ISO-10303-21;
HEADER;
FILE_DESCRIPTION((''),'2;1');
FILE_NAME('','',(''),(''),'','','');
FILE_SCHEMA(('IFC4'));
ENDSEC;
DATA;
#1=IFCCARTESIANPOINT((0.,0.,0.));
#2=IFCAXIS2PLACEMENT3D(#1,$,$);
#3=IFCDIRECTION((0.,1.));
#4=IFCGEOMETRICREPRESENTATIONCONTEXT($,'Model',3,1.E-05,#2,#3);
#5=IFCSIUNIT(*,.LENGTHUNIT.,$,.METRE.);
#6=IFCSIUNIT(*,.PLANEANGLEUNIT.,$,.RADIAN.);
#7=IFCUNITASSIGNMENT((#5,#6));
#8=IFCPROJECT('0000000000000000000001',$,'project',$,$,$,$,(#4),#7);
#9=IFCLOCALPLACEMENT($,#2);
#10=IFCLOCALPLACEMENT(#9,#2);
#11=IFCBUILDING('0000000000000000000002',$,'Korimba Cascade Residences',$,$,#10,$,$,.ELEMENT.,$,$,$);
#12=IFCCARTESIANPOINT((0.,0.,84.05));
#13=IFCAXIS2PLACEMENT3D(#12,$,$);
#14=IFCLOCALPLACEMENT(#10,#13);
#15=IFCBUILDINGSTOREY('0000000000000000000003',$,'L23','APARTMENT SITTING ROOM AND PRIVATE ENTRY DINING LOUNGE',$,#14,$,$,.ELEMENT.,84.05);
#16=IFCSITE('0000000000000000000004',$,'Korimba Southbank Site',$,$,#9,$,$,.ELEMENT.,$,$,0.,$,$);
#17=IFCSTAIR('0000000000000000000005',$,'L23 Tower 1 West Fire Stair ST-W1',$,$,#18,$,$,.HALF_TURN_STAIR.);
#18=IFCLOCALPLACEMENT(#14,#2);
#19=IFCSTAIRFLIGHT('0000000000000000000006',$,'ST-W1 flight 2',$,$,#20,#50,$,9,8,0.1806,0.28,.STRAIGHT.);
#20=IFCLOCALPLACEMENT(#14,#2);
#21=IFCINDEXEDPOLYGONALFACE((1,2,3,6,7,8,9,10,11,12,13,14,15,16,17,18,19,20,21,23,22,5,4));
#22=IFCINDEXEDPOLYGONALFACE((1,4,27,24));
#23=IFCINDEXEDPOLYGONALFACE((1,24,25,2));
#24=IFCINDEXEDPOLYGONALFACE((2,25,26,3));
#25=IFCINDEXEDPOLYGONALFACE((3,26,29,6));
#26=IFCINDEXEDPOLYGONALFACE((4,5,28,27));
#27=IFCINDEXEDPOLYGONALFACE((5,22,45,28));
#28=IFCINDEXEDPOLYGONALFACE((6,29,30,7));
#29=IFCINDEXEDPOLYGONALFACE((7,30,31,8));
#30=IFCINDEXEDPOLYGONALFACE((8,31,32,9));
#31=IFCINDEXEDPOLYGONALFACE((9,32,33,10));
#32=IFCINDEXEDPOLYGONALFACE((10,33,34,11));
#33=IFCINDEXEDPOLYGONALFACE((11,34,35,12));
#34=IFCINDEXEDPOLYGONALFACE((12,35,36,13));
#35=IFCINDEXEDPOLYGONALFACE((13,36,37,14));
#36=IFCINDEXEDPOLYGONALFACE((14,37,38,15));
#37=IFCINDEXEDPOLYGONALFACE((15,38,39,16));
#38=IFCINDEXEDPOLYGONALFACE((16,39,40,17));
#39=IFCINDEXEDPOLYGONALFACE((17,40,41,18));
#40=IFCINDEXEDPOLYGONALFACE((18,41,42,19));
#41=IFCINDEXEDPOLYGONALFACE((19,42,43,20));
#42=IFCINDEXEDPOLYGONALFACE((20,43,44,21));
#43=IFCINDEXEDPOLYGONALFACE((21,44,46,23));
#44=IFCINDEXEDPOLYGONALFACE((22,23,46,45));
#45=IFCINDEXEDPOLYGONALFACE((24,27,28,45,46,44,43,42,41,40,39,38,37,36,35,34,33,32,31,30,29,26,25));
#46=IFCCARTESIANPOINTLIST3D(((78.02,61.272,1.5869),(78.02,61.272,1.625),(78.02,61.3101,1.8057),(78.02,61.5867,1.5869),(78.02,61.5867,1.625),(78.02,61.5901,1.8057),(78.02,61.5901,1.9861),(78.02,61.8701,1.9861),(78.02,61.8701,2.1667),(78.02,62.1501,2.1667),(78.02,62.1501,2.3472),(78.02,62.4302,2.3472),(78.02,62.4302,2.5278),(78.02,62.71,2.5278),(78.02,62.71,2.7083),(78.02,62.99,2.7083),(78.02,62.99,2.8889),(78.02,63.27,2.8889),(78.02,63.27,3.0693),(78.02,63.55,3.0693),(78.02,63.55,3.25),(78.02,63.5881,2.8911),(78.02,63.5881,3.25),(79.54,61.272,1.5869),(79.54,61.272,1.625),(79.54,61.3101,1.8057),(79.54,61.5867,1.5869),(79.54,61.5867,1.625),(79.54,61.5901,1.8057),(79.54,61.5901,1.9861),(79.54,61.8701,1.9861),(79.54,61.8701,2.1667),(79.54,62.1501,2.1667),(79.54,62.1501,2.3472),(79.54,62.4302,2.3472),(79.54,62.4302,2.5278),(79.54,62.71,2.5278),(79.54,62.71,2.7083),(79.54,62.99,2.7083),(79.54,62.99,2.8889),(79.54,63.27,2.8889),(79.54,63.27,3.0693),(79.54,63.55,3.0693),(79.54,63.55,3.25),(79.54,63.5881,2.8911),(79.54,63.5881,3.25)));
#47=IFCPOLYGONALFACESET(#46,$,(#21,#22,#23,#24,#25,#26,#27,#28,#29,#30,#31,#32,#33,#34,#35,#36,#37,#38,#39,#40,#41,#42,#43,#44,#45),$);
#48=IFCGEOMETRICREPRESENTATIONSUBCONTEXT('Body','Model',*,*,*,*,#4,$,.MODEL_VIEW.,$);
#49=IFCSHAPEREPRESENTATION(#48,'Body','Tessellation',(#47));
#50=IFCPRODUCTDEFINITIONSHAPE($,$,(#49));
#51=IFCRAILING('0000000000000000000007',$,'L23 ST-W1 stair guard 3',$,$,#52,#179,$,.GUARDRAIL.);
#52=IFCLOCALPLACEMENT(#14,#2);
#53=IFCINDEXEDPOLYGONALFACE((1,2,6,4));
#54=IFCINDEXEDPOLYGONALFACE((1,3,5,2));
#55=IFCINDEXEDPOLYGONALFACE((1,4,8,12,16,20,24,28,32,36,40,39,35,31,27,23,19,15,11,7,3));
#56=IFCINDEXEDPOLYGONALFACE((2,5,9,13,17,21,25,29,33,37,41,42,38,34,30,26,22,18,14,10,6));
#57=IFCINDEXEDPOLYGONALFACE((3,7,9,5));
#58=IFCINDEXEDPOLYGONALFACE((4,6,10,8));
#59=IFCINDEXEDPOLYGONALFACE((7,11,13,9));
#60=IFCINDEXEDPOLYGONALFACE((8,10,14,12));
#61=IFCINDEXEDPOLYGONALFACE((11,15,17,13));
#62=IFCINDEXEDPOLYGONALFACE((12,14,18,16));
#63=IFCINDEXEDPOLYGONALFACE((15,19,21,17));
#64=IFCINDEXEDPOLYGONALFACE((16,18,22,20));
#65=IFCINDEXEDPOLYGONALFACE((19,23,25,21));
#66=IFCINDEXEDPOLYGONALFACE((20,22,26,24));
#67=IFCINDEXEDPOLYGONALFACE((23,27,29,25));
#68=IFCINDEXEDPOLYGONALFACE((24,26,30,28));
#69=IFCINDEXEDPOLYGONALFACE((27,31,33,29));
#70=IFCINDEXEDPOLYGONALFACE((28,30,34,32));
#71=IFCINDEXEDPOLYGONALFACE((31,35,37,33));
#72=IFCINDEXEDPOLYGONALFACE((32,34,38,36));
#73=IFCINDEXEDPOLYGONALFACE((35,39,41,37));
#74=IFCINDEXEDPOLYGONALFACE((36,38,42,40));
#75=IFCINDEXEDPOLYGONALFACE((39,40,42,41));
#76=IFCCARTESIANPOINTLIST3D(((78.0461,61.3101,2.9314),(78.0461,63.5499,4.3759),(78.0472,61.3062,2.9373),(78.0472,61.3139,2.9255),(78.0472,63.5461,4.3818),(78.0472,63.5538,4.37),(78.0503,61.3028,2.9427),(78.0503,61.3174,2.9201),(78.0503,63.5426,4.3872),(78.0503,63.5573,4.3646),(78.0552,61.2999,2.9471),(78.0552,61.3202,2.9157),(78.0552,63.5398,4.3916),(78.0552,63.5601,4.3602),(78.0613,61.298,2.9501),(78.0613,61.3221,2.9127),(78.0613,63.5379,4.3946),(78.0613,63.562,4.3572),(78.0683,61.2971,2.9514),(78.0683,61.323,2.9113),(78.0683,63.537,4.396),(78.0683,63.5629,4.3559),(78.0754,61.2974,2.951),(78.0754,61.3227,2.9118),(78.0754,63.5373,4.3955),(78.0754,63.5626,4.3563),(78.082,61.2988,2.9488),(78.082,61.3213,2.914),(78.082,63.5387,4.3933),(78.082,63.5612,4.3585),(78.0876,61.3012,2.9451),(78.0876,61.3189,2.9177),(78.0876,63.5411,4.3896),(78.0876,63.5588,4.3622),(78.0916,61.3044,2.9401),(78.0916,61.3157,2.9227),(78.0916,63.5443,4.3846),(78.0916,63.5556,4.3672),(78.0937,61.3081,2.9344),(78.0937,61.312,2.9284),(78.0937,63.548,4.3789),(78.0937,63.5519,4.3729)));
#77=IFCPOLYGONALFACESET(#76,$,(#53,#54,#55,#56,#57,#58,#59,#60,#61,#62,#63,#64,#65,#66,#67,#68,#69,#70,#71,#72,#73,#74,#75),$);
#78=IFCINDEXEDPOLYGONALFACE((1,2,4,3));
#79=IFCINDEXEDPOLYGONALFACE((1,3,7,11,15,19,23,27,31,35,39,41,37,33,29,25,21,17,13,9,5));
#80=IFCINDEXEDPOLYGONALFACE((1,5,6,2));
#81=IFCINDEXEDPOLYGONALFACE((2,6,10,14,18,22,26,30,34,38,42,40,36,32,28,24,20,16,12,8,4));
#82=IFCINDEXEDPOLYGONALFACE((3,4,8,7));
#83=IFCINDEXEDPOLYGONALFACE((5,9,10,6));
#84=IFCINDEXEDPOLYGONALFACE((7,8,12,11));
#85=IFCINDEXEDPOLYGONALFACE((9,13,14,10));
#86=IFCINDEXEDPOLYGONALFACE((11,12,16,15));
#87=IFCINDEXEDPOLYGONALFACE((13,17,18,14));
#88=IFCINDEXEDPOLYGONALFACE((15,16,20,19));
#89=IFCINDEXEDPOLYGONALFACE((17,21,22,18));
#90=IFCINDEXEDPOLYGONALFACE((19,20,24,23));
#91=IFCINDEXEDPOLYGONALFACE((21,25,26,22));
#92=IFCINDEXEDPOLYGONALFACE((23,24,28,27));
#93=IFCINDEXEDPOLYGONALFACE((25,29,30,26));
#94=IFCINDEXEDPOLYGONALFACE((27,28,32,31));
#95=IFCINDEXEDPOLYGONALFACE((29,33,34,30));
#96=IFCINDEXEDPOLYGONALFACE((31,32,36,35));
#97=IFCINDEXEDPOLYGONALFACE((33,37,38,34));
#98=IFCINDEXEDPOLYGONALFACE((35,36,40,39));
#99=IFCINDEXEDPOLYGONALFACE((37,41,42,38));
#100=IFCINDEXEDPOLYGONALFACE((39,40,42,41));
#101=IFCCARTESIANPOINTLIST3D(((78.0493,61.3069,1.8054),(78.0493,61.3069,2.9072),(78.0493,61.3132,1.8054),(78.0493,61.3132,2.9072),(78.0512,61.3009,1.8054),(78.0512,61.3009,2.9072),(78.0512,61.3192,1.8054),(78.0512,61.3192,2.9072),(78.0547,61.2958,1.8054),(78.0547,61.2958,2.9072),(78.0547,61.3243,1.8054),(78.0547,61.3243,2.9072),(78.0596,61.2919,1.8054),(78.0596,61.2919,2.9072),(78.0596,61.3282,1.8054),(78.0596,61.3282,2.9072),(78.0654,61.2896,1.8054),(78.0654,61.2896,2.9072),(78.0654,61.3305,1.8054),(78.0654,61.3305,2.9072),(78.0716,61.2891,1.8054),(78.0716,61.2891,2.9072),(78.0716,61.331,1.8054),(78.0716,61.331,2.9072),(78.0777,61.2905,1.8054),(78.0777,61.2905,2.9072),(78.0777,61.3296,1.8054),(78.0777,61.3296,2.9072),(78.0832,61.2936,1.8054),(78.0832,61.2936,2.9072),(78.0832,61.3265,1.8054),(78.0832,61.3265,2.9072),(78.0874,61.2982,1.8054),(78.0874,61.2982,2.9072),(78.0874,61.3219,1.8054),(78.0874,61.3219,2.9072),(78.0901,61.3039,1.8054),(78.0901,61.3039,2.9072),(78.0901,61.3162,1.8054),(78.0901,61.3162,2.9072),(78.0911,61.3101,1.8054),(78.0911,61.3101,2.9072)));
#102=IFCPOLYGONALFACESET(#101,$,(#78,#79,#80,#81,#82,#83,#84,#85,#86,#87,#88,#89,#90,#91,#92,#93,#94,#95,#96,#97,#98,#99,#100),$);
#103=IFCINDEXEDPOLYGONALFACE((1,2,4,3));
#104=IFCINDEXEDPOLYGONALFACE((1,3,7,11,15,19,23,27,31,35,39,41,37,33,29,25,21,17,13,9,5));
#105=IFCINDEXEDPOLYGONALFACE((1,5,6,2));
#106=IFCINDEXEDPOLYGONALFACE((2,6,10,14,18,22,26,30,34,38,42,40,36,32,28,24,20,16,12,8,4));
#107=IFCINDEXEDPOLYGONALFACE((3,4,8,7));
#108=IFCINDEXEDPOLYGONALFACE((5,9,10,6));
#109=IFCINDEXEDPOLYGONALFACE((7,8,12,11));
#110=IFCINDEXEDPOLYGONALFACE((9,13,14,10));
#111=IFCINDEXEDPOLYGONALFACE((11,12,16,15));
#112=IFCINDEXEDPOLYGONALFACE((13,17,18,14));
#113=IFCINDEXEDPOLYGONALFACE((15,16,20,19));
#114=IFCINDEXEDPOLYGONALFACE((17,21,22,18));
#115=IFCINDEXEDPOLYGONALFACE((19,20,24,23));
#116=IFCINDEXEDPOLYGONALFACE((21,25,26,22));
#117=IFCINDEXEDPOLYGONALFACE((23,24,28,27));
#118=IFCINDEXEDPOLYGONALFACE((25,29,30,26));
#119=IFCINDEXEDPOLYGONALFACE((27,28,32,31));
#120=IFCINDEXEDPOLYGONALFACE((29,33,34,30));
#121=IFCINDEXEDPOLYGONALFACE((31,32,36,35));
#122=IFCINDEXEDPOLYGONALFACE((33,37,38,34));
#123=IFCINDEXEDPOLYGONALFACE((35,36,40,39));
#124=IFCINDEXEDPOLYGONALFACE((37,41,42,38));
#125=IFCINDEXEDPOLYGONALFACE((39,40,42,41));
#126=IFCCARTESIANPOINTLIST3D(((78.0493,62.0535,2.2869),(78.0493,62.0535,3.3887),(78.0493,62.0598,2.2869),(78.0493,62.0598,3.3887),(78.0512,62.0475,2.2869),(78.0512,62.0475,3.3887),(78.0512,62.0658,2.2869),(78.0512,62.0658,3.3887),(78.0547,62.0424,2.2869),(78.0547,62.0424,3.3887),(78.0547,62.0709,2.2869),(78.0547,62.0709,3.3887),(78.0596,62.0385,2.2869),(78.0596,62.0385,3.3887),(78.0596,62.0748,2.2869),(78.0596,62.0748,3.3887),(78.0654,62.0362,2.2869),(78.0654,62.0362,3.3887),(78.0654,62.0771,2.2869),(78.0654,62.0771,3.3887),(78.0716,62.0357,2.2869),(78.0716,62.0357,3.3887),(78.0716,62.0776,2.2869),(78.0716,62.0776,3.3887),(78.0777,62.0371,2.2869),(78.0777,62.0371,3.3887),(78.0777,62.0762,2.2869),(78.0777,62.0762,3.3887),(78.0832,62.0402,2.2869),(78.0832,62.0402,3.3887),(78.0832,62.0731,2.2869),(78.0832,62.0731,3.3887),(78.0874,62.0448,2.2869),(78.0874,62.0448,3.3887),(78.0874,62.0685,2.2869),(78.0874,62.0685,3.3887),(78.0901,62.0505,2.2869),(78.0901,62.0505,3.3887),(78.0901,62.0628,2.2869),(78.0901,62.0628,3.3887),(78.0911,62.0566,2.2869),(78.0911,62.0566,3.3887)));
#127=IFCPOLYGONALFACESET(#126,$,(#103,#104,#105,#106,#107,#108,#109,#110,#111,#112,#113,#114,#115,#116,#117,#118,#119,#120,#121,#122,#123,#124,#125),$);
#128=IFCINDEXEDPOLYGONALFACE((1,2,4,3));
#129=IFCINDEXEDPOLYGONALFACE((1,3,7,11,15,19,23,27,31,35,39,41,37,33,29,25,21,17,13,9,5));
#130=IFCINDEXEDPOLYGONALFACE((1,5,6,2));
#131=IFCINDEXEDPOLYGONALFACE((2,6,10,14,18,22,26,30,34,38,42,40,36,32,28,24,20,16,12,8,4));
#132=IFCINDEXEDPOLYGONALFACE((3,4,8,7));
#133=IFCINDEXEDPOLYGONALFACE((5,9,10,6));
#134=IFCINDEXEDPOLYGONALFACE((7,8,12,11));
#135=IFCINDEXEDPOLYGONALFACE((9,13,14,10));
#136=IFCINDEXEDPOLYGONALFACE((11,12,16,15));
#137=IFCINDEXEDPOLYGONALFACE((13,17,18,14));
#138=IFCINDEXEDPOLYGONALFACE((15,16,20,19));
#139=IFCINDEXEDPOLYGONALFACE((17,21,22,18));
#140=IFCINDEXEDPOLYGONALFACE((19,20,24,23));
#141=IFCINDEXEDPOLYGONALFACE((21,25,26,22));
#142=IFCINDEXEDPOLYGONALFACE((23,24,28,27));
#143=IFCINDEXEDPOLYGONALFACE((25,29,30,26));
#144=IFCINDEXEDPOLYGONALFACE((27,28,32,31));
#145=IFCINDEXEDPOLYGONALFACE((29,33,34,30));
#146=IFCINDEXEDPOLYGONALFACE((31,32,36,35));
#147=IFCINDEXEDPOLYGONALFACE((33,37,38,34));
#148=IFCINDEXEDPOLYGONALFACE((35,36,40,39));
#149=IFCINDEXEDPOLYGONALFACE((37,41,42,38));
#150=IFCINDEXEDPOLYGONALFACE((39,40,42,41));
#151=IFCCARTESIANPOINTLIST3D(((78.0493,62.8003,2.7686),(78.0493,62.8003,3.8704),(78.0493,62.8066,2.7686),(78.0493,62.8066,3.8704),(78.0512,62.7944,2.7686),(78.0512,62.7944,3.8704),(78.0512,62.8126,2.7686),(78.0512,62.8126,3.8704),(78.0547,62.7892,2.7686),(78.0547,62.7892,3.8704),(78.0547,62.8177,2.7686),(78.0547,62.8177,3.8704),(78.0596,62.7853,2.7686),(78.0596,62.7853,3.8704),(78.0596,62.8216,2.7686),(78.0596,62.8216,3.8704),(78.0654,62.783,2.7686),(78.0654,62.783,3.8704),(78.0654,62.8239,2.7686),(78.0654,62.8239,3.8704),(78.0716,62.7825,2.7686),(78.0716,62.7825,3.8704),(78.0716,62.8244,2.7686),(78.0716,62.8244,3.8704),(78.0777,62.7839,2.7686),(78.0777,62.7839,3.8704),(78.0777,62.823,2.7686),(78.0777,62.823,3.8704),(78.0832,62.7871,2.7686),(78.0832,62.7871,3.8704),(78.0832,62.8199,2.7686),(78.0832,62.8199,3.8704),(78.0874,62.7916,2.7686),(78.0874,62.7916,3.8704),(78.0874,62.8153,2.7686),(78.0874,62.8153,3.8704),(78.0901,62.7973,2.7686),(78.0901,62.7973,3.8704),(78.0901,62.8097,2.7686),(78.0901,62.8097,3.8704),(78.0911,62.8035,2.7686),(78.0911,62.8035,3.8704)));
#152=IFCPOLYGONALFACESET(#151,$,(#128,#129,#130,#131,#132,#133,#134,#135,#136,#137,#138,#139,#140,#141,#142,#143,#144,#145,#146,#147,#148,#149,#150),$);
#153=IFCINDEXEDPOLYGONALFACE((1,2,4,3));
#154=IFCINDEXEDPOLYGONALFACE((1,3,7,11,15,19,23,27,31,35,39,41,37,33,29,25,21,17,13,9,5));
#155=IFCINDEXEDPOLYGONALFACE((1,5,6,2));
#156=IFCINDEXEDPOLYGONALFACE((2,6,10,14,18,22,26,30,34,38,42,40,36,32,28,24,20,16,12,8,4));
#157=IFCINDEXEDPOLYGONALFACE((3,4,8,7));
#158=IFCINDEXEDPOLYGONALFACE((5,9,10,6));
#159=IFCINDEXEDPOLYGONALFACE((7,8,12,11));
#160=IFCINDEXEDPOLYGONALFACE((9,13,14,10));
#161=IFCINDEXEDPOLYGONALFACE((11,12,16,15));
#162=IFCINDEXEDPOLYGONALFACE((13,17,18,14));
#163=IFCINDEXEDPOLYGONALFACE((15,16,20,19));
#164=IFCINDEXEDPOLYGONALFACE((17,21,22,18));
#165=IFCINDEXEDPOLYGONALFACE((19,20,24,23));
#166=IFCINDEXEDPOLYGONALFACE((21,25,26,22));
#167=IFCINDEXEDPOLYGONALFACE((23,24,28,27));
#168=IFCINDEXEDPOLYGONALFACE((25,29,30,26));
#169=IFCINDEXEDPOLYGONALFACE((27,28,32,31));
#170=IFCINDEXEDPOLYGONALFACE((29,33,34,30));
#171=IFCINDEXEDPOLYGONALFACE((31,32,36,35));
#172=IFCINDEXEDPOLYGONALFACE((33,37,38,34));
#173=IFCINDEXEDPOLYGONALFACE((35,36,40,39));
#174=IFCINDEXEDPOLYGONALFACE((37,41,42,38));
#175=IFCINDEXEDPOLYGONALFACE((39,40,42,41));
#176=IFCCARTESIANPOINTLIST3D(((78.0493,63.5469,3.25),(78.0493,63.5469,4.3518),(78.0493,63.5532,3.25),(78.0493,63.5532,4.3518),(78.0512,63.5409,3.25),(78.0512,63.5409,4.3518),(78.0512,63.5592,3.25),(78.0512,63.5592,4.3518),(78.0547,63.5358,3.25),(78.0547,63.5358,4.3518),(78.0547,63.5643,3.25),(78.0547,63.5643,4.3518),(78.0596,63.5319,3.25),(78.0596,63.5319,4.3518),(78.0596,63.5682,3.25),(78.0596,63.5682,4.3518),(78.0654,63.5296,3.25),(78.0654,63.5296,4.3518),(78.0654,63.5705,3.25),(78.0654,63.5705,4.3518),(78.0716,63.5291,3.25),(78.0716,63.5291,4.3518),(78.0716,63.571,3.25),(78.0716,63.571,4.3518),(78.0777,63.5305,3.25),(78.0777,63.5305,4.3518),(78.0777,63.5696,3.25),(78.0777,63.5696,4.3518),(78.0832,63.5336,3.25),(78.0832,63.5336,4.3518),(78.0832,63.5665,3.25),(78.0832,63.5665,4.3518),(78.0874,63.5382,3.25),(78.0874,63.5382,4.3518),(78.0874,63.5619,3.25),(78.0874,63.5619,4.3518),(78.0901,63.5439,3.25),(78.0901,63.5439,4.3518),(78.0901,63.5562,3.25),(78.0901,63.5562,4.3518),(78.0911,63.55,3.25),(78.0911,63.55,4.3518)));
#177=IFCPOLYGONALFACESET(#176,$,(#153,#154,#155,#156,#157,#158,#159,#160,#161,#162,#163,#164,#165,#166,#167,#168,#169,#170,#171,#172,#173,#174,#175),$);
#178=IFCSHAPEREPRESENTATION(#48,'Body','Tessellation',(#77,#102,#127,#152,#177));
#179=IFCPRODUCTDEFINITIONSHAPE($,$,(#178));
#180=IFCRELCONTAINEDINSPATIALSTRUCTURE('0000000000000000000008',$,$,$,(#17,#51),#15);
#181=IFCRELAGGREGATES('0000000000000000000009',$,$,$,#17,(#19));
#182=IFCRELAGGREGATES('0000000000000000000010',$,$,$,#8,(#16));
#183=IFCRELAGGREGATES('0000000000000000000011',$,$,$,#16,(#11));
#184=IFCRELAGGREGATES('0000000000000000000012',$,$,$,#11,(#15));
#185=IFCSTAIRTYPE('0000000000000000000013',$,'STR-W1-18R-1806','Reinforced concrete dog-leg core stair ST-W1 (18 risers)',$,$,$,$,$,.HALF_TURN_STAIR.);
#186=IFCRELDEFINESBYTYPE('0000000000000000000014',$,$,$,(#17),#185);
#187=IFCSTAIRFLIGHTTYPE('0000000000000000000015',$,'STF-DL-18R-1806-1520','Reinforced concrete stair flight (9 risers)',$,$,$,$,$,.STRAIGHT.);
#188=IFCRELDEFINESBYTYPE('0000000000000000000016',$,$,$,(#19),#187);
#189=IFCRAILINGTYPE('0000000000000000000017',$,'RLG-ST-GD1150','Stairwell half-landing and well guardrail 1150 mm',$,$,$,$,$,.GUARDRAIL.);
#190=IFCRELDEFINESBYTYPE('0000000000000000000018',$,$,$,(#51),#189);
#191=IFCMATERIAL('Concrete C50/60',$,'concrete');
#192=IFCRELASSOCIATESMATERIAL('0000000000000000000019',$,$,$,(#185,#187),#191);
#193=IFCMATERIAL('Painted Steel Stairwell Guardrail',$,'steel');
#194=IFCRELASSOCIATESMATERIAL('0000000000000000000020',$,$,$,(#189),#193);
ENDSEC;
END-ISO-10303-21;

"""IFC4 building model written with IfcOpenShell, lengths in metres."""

from ifc_helpers import new_model, si_unit, direction, frame, origin, origin_2d, place, context, subcontext, project, spatial, polyline, circle, outline, extrude, material, type_object, element, aggregate, save


model = new_model("IFC4")

# Units and contexts
model_context = context("Model", 3, precision=1e-05, world=origin(), true_north=direction((0.0, 1.0)))
body_context = subcontext(model_context, "Body", "Model", "MODEL_VIEW")
ifc_project = project(units=[si_unit("LENGTHUNIT", "METRE"), si_unit("PLANEANGLEUNIT", "RADIAN")], contexts=[model_context])

# Site, building, storey
site_placement = place(None, origin())
site = spatial("IfcSite", under=ifc_project, at=site_placement, Name="Korimba Southbank Site", CompositionType="ELEMENT", RefElevation=0.0)
building_placement = place(site_placement, origin())
building = spatial("IfcBuilding", under=site, at=building_placement, Name="Korimba Cascade Residences", CompositionType="ELEMENT")
storey_placement = place(building_placement, frame((0.0, 0.0, 84.05)))
storey = spatial("IfcBuildingStorey", under=building, at=storey_placement, Name="L23", Description="APARTMENT SITTING ROOM AND PRIVATE ENTRY DINING LOUNGE", CompositionType="ELEMENT", Elevation=84.05)

# Shared definitions
ifc_material_1 = material(Name="Concrete C50/60", Category="concrete")

# Stair, stair flight
stair_type = type_object("IfcStairType", Name="STR-W1-18R-1806", Description="Reinforced concrete dog-leg core stair ST-W1 (18 risers)", PredefinedType="HALF_TURN_STAIR", material=ifc_material_1)
stair_placement = place(storey_placement, origin())
stair = element("IfcStair", 1, at=stair_placement, inside=storey, type_object=stair_type, Name="L23 Tower 1 West Fire Stair ST-W1", PredefinedType="HALF_TURN_STAIR")
stair_flight_type = type_object("IfcStairFlightType", Name="STF-DL-18R-1806-1520", Description="Reinforced concrete stair flight (9 risers)", PredefinedType="STRAIGHT", material=ifc_material_1)
stair_flight_placement = place(storey_placement, frame((78.78, 61.3101, 1.625), z_axis=(0.0, 0.0, 1.0), x_axis=(0.0, 1.0, 0.0)))
stair_flight = element("IfcStairFlight", 2, at=stair_flight_placement, type_object=stair_flight_type, Name="ST-W1 flight 2", NumberOfRisers=9, NumberOfTreads=8, PredefinedType="STRAIGHT", RiserHeight=0.1806, TreadLength=0.28, context=body_context, shape_type="SweptSolid", body=[
    extrude(outline(polyline([(-0.0381, 0.0), (0.0, 0.1807), (0.28, 0.1807), (0.28, 0.3611), (0.5601, 0.3611), (0.5601, 0.5417), (0.8401, 0.5417), (0.8401, 0.7222), (1.1201, 0.7222), (1.1201, 0.9028), (1.3999, 0.9028), (1.3999, 1.0833), (1.6799, 1.0833), (1.6799, 1.2639), (1.96, 1.2639), (1.96, 1.4443), (2.24, 1.4443), (2.24, 1.625), (2.2781, 1.625), (2.2781, 1.2661), (0.2766, 0.0), (0.2766, -0.0381), (-0.0381, -0.0381), (-0.0381, 0.0)])), frame((0.0, 0.76, 0.0), z_axis=(0.0, -1.0, 0.0), x_axis=(1.0, 0.0, 0.0)), (0.0, 0.0, 1.0), 1.52),
])
aggregate(stair, [stair_flight])

# Railing
ifc_material_2 = material(Name="Painted Steel Stairwell Guardrail", Category="steel")
railing_type_1 = type_object("IfcRailingType", Name="RLG-ST-GD1150", Description="Stairwell half-landing and well guardrail 1150 mm", PredefinedType="GUARDRAIL", material=ifc_material_2)
railing_1_placement = place(storey_placement, frame((78.0701, 61.3101, 1.8054)))
element("IfcRailing", 3, at=railing_1_placement, inside=storey, type_object=railing_type_1, Name="L23 ST-W1 stair guard 3", PredefinedType="GUARDRAIL", context=body_context, shape_type="SweptSolid", body=[
    extrude(circle(Radius=0.0239, at=origin_2d()), frame((0.0, 0.0, 1.126), z_axis=(0.0, 0.840395, 0.541975), x_axis=(-1.0, 0.0, 0.0)), (0.0, 0.0, 1.0), 2.6653),
    extrude(circle(Radius=0.021, at=origin_2d()), origin(), (0.0, 0.0, 1.0), 1.1018),
    extrude(circle(Radius=0.021, at=origin_2d()), frame((0.0, 0.7466, 0.4814)), (0.0, 0.0, 1.0), 1.1018),
    extrude(circle(Radius=0.021, at=origin_2d()), frame((0.0, 1.4934, 0.9631)), (0.0, 0.0, 1.0), 1.1018),
    extrude(circle(Radius=0.021, at=origin_2d()), frame((0.0, 2.24, 1.4446)), (0.0, 0.0, 1.0), 1.1018),
])

save(model, "model.ifc")
